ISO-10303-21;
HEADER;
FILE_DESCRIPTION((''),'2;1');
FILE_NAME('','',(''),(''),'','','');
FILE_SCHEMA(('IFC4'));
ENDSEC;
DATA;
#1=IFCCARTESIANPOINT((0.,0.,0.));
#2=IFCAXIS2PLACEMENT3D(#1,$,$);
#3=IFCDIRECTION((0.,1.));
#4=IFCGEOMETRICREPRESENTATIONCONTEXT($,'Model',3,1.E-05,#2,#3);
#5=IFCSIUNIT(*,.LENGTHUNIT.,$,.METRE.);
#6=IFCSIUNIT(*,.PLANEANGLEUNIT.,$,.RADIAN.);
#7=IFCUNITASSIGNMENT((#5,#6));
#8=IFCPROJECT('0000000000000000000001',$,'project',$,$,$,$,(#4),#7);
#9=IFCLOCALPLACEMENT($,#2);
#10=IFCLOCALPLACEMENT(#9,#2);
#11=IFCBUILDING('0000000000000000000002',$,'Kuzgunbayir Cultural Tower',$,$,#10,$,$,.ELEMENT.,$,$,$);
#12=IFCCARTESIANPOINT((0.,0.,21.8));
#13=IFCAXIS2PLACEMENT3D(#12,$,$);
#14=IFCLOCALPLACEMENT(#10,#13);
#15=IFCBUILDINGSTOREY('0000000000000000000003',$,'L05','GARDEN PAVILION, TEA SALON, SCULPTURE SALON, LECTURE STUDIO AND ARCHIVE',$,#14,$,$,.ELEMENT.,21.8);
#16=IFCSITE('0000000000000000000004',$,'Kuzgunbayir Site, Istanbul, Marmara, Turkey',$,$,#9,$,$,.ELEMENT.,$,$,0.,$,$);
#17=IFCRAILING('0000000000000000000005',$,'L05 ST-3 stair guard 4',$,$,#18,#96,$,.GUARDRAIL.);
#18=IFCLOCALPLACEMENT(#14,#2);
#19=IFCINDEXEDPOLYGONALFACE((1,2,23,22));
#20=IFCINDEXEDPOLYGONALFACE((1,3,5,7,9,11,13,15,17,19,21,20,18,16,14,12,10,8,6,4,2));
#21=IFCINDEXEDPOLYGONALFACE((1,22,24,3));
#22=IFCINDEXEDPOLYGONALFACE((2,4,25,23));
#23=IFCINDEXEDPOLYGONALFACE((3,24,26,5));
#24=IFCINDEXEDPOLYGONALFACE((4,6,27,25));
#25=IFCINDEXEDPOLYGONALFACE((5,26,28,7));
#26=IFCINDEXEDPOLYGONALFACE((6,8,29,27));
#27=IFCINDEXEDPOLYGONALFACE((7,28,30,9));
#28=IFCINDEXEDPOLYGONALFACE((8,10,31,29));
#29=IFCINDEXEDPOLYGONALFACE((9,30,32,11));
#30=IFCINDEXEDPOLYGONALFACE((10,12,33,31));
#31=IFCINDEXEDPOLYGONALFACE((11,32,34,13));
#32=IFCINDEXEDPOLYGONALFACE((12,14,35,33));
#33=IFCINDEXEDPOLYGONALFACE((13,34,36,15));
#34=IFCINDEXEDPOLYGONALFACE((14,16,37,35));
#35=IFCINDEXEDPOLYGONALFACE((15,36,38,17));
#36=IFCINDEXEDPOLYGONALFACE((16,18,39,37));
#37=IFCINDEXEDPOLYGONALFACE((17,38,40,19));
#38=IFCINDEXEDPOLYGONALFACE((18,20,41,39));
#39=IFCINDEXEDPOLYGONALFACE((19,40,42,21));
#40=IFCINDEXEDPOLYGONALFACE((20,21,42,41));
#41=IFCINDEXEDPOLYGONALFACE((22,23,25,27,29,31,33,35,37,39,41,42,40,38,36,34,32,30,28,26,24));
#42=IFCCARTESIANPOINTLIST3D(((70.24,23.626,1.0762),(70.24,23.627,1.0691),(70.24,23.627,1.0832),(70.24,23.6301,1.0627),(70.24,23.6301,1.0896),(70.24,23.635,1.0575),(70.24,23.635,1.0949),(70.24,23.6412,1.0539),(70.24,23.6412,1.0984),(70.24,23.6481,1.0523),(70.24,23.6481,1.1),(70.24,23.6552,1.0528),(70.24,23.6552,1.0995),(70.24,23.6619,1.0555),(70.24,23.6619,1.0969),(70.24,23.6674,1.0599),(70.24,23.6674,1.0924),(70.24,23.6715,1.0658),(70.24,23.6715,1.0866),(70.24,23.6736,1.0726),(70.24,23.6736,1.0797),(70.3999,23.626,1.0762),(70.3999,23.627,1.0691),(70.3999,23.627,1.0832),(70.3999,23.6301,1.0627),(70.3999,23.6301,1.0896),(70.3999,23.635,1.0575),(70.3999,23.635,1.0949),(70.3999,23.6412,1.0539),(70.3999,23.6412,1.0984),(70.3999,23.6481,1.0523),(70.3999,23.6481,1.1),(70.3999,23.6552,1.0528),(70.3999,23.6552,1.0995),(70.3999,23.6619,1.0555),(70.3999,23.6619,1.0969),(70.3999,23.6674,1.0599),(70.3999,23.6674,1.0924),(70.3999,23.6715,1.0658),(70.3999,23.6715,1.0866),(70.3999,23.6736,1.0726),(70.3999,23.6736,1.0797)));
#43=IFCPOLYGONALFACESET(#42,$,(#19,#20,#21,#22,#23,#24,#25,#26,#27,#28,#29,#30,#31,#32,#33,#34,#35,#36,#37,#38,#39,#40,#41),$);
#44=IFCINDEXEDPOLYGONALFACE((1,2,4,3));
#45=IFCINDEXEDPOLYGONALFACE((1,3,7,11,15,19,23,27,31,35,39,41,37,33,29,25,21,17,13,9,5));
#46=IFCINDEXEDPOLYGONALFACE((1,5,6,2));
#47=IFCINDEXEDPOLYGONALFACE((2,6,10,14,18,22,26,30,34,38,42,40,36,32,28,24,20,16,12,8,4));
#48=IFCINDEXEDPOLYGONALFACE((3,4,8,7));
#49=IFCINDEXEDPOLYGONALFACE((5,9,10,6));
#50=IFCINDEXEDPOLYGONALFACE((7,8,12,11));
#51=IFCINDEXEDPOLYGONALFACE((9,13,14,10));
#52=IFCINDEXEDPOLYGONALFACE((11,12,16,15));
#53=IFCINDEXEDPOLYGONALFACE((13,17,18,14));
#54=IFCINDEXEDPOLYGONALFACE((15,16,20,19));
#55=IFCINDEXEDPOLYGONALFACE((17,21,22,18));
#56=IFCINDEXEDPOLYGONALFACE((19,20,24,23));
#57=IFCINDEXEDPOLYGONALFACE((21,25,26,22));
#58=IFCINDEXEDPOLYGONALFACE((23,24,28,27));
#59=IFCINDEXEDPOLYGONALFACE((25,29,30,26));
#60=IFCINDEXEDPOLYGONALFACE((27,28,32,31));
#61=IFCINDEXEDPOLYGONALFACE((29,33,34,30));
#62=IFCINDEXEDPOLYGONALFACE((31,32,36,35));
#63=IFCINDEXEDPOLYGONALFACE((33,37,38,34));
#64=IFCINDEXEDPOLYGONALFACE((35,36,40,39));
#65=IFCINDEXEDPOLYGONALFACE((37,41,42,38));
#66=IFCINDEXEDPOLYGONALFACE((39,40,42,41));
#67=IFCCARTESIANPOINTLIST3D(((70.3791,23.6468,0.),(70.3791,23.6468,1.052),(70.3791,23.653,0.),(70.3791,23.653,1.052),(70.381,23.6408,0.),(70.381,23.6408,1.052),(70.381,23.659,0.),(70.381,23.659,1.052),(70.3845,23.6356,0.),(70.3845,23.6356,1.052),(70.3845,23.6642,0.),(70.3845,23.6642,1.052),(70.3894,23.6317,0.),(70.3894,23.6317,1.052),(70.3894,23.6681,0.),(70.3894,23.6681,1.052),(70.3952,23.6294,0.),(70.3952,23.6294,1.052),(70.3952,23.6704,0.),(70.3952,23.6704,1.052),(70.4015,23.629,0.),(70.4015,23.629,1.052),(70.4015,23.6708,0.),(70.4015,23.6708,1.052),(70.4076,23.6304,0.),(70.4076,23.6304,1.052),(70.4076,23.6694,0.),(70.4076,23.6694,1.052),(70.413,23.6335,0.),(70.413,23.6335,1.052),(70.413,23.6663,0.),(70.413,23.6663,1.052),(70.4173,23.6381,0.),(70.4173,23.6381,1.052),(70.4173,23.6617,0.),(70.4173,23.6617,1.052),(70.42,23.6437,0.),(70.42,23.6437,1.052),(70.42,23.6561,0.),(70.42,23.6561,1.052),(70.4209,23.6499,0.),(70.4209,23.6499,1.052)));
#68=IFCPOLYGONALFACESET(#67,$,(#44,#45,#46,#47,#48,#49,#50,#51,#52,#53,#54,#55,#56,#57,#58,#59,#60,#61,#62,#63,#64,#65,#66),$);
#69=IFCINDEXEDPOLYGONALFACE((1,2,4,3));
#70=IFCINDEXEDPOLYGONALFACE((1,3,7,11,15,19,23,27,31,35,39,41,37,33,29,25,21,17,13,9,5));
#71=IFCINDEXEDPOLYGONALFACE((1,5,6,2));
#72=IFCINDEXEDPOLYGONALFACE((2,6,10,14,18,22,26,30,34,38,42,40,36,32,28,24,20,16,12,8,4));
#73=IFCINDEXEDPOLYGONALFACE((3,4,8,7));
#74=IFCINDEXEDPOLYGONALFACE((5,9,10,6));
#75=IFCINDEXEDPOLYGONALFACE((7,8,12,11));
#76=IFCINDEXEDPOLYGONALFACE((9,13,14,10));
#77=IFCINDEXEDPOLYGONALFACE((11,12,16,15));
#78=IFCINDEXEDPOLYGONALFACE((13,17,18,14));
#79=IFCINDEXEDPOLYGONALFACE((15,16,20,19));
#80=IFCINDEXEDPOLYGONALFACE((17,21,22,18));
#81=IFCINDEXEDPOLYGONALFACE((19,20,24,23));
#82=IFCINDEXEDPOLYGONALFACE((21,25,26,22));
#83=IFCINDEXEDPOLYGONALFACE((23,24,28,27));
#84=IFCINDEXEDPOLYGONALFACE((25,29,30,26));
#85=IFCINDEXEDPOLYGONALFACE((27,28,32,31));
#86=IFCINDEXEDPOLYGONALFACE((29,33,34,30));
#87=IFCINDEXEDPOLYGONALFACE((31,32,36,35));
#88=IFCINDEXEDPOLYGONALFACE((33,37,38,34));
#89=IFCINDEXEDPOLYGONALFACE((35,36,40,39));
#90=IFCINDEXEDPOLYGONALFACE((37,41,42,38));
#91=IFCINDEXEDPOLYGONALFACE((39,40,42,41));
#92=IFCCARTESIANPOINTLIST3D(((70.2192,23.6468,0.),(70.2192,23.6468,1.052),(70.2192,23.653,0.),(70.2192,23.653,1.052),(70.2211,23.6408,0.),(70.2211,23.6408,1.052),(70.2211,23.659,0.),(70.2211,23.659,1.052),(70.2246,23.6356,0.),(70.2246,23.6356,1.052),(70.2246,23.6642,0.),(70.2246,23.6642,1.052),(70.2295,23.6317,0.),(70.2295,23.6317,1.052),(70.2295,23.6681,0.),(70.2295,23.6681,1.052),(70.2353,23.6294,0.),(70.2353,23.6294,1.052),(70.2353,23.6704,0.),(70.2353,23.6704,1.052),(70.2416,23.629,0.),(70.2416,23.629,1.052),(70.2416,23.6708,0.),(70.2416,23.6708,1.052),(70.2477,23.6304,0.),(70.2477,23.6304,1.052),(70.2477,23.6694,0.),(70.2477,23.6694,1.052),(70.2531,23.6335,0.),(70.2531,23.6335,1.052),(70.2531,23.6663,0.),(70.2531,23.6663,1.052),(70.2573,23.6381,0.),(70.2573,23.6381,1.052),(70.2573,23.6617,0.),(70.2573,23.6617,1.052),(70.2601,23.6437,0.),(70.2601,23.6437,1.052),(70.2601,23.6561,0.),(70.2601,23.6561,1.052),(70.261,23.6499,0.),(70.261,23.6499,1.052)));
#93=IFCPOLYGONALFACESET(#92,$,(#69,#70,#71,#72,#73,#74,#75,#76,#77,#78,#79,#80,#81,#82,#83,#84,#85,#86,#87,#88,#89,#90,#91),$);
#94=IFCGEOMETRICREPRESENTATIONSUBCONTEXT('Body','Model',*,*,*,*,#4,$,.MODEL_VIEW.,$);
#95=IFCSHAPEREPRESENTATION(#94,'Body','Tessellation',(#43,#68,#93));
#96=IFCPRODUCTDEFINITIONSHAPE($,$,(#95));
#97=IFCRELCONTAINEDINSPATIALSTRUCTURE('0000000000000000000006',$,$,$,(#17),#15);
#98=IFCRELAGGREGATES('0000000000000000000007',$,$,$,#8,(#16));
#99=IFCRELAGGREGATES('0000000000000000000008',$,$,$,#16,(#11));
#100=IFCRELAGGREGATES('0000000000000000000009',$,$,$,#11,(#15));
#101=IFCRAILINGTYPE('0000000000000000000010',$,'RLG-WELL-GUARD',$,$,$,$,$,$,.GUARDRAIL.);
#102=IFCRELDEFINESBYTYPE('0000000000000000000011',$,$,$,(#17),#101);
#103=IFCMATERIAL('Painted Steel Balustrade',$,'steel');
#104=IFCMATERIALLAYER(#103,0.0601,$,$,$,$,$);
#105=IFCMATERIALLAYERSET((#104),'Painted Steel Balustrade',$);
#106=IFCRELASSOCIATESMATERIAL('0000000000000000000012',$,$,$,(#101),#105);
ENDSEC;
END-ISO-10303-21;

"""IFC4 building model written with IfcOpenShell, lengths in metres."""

from ifc_helpers import new_model, si_unit, direction, frame, origin, origin_2d, place, context, subcontext, project, spatial, circle, extrude, material, layer, layer_set, type_object, element, save


model = new_model("IFC4")

# Units and contexts
model_context = context("Model", 3, precision=1e-05, world=origin(), true_north=direction((0.0, 1.0)))
body_context = subcontext(model_context, "Body", "Model", "MODEL_VIEW")
ifc_project = project(units=[si_unit("LENGTHUNIT", "METRE"), si_unit("PLANEANGLEUNIT", "RADIAN")], contexts=[model_context])

# Site, building, storey
site_placement = place(None, origin())
site = spatial("IfcSite", under=ifc_project, at=site_placement, Name="Kuzgunbayir Site, Istanbul, Marmara, Turkey", CompositionType="ELEMENT", RefElevation=0.0)
building_placement = place(site_placement, origin())
building = spatial("IfcBuilding", under=site, at=building_placement, Name="Kuzgunbayir Cultural Tower", CompositionType="ELEMENT")
storey_placement = place(building_placement, frame((0.0, 0.0, 21.8)))
storey = spatial("IfcBuildingStorey", under=building, at=storey_placement, Name="L05", Description="GARDEN PAVILION, TEA SALON, SCULPTURE SALON, LECTURE STUDIO AND ARCHIVE", CompositionType="ELEMENT", Elevation=21.8)

# Railing
ifc_material_1 = material(Name="Painted Steel Balustrade", Category="steel")
ifc_layer_1 = layer(ifc_material_1, 0.0601)
ifc_layer_set_1 = layer_set([ifc_layer_1], Name="Painted Steel Balustrade")
railing_type_1 = type_object("IfcRailingType", Name="RLG-WELL-GUARD", PredefinedType="GUARDRAIL", material=ifc_layer_set_1)
railing_1_placement = place(storey_placement, frame((70.3999, 23.6499, 0.0)))
element("IfcRailing", 1, at=railing_1_placement, inside=storey, type_object=railing_type_1, Name="L05 ST-3 stair guard 4", PredefinedType="GUARDRAIL", context=body_context, shape_type="SweptSolid", body=[
    extrude(circle(Radius=0.0239, at=origin_2d()), frame((0.0, 0.0, 1.0762), z_axis=(-1.0, 0.0, 0.0), x_axis=(0.0, -1.0, 0.0)), (0.0, 0.0, 1.0), 0.1599),
    extrude(circle(Radius=0.021, at=origin_2d()), origin(), (0.0, 0.0, 1.0), 1.052),
    extrude(circle(Radius=0.021, at=origin_2d()), frame((-0.1599, 0.0, 0.0)), (0.0, 0.0, 1.0), 1.052),
])

save(model, "model.ifc")
